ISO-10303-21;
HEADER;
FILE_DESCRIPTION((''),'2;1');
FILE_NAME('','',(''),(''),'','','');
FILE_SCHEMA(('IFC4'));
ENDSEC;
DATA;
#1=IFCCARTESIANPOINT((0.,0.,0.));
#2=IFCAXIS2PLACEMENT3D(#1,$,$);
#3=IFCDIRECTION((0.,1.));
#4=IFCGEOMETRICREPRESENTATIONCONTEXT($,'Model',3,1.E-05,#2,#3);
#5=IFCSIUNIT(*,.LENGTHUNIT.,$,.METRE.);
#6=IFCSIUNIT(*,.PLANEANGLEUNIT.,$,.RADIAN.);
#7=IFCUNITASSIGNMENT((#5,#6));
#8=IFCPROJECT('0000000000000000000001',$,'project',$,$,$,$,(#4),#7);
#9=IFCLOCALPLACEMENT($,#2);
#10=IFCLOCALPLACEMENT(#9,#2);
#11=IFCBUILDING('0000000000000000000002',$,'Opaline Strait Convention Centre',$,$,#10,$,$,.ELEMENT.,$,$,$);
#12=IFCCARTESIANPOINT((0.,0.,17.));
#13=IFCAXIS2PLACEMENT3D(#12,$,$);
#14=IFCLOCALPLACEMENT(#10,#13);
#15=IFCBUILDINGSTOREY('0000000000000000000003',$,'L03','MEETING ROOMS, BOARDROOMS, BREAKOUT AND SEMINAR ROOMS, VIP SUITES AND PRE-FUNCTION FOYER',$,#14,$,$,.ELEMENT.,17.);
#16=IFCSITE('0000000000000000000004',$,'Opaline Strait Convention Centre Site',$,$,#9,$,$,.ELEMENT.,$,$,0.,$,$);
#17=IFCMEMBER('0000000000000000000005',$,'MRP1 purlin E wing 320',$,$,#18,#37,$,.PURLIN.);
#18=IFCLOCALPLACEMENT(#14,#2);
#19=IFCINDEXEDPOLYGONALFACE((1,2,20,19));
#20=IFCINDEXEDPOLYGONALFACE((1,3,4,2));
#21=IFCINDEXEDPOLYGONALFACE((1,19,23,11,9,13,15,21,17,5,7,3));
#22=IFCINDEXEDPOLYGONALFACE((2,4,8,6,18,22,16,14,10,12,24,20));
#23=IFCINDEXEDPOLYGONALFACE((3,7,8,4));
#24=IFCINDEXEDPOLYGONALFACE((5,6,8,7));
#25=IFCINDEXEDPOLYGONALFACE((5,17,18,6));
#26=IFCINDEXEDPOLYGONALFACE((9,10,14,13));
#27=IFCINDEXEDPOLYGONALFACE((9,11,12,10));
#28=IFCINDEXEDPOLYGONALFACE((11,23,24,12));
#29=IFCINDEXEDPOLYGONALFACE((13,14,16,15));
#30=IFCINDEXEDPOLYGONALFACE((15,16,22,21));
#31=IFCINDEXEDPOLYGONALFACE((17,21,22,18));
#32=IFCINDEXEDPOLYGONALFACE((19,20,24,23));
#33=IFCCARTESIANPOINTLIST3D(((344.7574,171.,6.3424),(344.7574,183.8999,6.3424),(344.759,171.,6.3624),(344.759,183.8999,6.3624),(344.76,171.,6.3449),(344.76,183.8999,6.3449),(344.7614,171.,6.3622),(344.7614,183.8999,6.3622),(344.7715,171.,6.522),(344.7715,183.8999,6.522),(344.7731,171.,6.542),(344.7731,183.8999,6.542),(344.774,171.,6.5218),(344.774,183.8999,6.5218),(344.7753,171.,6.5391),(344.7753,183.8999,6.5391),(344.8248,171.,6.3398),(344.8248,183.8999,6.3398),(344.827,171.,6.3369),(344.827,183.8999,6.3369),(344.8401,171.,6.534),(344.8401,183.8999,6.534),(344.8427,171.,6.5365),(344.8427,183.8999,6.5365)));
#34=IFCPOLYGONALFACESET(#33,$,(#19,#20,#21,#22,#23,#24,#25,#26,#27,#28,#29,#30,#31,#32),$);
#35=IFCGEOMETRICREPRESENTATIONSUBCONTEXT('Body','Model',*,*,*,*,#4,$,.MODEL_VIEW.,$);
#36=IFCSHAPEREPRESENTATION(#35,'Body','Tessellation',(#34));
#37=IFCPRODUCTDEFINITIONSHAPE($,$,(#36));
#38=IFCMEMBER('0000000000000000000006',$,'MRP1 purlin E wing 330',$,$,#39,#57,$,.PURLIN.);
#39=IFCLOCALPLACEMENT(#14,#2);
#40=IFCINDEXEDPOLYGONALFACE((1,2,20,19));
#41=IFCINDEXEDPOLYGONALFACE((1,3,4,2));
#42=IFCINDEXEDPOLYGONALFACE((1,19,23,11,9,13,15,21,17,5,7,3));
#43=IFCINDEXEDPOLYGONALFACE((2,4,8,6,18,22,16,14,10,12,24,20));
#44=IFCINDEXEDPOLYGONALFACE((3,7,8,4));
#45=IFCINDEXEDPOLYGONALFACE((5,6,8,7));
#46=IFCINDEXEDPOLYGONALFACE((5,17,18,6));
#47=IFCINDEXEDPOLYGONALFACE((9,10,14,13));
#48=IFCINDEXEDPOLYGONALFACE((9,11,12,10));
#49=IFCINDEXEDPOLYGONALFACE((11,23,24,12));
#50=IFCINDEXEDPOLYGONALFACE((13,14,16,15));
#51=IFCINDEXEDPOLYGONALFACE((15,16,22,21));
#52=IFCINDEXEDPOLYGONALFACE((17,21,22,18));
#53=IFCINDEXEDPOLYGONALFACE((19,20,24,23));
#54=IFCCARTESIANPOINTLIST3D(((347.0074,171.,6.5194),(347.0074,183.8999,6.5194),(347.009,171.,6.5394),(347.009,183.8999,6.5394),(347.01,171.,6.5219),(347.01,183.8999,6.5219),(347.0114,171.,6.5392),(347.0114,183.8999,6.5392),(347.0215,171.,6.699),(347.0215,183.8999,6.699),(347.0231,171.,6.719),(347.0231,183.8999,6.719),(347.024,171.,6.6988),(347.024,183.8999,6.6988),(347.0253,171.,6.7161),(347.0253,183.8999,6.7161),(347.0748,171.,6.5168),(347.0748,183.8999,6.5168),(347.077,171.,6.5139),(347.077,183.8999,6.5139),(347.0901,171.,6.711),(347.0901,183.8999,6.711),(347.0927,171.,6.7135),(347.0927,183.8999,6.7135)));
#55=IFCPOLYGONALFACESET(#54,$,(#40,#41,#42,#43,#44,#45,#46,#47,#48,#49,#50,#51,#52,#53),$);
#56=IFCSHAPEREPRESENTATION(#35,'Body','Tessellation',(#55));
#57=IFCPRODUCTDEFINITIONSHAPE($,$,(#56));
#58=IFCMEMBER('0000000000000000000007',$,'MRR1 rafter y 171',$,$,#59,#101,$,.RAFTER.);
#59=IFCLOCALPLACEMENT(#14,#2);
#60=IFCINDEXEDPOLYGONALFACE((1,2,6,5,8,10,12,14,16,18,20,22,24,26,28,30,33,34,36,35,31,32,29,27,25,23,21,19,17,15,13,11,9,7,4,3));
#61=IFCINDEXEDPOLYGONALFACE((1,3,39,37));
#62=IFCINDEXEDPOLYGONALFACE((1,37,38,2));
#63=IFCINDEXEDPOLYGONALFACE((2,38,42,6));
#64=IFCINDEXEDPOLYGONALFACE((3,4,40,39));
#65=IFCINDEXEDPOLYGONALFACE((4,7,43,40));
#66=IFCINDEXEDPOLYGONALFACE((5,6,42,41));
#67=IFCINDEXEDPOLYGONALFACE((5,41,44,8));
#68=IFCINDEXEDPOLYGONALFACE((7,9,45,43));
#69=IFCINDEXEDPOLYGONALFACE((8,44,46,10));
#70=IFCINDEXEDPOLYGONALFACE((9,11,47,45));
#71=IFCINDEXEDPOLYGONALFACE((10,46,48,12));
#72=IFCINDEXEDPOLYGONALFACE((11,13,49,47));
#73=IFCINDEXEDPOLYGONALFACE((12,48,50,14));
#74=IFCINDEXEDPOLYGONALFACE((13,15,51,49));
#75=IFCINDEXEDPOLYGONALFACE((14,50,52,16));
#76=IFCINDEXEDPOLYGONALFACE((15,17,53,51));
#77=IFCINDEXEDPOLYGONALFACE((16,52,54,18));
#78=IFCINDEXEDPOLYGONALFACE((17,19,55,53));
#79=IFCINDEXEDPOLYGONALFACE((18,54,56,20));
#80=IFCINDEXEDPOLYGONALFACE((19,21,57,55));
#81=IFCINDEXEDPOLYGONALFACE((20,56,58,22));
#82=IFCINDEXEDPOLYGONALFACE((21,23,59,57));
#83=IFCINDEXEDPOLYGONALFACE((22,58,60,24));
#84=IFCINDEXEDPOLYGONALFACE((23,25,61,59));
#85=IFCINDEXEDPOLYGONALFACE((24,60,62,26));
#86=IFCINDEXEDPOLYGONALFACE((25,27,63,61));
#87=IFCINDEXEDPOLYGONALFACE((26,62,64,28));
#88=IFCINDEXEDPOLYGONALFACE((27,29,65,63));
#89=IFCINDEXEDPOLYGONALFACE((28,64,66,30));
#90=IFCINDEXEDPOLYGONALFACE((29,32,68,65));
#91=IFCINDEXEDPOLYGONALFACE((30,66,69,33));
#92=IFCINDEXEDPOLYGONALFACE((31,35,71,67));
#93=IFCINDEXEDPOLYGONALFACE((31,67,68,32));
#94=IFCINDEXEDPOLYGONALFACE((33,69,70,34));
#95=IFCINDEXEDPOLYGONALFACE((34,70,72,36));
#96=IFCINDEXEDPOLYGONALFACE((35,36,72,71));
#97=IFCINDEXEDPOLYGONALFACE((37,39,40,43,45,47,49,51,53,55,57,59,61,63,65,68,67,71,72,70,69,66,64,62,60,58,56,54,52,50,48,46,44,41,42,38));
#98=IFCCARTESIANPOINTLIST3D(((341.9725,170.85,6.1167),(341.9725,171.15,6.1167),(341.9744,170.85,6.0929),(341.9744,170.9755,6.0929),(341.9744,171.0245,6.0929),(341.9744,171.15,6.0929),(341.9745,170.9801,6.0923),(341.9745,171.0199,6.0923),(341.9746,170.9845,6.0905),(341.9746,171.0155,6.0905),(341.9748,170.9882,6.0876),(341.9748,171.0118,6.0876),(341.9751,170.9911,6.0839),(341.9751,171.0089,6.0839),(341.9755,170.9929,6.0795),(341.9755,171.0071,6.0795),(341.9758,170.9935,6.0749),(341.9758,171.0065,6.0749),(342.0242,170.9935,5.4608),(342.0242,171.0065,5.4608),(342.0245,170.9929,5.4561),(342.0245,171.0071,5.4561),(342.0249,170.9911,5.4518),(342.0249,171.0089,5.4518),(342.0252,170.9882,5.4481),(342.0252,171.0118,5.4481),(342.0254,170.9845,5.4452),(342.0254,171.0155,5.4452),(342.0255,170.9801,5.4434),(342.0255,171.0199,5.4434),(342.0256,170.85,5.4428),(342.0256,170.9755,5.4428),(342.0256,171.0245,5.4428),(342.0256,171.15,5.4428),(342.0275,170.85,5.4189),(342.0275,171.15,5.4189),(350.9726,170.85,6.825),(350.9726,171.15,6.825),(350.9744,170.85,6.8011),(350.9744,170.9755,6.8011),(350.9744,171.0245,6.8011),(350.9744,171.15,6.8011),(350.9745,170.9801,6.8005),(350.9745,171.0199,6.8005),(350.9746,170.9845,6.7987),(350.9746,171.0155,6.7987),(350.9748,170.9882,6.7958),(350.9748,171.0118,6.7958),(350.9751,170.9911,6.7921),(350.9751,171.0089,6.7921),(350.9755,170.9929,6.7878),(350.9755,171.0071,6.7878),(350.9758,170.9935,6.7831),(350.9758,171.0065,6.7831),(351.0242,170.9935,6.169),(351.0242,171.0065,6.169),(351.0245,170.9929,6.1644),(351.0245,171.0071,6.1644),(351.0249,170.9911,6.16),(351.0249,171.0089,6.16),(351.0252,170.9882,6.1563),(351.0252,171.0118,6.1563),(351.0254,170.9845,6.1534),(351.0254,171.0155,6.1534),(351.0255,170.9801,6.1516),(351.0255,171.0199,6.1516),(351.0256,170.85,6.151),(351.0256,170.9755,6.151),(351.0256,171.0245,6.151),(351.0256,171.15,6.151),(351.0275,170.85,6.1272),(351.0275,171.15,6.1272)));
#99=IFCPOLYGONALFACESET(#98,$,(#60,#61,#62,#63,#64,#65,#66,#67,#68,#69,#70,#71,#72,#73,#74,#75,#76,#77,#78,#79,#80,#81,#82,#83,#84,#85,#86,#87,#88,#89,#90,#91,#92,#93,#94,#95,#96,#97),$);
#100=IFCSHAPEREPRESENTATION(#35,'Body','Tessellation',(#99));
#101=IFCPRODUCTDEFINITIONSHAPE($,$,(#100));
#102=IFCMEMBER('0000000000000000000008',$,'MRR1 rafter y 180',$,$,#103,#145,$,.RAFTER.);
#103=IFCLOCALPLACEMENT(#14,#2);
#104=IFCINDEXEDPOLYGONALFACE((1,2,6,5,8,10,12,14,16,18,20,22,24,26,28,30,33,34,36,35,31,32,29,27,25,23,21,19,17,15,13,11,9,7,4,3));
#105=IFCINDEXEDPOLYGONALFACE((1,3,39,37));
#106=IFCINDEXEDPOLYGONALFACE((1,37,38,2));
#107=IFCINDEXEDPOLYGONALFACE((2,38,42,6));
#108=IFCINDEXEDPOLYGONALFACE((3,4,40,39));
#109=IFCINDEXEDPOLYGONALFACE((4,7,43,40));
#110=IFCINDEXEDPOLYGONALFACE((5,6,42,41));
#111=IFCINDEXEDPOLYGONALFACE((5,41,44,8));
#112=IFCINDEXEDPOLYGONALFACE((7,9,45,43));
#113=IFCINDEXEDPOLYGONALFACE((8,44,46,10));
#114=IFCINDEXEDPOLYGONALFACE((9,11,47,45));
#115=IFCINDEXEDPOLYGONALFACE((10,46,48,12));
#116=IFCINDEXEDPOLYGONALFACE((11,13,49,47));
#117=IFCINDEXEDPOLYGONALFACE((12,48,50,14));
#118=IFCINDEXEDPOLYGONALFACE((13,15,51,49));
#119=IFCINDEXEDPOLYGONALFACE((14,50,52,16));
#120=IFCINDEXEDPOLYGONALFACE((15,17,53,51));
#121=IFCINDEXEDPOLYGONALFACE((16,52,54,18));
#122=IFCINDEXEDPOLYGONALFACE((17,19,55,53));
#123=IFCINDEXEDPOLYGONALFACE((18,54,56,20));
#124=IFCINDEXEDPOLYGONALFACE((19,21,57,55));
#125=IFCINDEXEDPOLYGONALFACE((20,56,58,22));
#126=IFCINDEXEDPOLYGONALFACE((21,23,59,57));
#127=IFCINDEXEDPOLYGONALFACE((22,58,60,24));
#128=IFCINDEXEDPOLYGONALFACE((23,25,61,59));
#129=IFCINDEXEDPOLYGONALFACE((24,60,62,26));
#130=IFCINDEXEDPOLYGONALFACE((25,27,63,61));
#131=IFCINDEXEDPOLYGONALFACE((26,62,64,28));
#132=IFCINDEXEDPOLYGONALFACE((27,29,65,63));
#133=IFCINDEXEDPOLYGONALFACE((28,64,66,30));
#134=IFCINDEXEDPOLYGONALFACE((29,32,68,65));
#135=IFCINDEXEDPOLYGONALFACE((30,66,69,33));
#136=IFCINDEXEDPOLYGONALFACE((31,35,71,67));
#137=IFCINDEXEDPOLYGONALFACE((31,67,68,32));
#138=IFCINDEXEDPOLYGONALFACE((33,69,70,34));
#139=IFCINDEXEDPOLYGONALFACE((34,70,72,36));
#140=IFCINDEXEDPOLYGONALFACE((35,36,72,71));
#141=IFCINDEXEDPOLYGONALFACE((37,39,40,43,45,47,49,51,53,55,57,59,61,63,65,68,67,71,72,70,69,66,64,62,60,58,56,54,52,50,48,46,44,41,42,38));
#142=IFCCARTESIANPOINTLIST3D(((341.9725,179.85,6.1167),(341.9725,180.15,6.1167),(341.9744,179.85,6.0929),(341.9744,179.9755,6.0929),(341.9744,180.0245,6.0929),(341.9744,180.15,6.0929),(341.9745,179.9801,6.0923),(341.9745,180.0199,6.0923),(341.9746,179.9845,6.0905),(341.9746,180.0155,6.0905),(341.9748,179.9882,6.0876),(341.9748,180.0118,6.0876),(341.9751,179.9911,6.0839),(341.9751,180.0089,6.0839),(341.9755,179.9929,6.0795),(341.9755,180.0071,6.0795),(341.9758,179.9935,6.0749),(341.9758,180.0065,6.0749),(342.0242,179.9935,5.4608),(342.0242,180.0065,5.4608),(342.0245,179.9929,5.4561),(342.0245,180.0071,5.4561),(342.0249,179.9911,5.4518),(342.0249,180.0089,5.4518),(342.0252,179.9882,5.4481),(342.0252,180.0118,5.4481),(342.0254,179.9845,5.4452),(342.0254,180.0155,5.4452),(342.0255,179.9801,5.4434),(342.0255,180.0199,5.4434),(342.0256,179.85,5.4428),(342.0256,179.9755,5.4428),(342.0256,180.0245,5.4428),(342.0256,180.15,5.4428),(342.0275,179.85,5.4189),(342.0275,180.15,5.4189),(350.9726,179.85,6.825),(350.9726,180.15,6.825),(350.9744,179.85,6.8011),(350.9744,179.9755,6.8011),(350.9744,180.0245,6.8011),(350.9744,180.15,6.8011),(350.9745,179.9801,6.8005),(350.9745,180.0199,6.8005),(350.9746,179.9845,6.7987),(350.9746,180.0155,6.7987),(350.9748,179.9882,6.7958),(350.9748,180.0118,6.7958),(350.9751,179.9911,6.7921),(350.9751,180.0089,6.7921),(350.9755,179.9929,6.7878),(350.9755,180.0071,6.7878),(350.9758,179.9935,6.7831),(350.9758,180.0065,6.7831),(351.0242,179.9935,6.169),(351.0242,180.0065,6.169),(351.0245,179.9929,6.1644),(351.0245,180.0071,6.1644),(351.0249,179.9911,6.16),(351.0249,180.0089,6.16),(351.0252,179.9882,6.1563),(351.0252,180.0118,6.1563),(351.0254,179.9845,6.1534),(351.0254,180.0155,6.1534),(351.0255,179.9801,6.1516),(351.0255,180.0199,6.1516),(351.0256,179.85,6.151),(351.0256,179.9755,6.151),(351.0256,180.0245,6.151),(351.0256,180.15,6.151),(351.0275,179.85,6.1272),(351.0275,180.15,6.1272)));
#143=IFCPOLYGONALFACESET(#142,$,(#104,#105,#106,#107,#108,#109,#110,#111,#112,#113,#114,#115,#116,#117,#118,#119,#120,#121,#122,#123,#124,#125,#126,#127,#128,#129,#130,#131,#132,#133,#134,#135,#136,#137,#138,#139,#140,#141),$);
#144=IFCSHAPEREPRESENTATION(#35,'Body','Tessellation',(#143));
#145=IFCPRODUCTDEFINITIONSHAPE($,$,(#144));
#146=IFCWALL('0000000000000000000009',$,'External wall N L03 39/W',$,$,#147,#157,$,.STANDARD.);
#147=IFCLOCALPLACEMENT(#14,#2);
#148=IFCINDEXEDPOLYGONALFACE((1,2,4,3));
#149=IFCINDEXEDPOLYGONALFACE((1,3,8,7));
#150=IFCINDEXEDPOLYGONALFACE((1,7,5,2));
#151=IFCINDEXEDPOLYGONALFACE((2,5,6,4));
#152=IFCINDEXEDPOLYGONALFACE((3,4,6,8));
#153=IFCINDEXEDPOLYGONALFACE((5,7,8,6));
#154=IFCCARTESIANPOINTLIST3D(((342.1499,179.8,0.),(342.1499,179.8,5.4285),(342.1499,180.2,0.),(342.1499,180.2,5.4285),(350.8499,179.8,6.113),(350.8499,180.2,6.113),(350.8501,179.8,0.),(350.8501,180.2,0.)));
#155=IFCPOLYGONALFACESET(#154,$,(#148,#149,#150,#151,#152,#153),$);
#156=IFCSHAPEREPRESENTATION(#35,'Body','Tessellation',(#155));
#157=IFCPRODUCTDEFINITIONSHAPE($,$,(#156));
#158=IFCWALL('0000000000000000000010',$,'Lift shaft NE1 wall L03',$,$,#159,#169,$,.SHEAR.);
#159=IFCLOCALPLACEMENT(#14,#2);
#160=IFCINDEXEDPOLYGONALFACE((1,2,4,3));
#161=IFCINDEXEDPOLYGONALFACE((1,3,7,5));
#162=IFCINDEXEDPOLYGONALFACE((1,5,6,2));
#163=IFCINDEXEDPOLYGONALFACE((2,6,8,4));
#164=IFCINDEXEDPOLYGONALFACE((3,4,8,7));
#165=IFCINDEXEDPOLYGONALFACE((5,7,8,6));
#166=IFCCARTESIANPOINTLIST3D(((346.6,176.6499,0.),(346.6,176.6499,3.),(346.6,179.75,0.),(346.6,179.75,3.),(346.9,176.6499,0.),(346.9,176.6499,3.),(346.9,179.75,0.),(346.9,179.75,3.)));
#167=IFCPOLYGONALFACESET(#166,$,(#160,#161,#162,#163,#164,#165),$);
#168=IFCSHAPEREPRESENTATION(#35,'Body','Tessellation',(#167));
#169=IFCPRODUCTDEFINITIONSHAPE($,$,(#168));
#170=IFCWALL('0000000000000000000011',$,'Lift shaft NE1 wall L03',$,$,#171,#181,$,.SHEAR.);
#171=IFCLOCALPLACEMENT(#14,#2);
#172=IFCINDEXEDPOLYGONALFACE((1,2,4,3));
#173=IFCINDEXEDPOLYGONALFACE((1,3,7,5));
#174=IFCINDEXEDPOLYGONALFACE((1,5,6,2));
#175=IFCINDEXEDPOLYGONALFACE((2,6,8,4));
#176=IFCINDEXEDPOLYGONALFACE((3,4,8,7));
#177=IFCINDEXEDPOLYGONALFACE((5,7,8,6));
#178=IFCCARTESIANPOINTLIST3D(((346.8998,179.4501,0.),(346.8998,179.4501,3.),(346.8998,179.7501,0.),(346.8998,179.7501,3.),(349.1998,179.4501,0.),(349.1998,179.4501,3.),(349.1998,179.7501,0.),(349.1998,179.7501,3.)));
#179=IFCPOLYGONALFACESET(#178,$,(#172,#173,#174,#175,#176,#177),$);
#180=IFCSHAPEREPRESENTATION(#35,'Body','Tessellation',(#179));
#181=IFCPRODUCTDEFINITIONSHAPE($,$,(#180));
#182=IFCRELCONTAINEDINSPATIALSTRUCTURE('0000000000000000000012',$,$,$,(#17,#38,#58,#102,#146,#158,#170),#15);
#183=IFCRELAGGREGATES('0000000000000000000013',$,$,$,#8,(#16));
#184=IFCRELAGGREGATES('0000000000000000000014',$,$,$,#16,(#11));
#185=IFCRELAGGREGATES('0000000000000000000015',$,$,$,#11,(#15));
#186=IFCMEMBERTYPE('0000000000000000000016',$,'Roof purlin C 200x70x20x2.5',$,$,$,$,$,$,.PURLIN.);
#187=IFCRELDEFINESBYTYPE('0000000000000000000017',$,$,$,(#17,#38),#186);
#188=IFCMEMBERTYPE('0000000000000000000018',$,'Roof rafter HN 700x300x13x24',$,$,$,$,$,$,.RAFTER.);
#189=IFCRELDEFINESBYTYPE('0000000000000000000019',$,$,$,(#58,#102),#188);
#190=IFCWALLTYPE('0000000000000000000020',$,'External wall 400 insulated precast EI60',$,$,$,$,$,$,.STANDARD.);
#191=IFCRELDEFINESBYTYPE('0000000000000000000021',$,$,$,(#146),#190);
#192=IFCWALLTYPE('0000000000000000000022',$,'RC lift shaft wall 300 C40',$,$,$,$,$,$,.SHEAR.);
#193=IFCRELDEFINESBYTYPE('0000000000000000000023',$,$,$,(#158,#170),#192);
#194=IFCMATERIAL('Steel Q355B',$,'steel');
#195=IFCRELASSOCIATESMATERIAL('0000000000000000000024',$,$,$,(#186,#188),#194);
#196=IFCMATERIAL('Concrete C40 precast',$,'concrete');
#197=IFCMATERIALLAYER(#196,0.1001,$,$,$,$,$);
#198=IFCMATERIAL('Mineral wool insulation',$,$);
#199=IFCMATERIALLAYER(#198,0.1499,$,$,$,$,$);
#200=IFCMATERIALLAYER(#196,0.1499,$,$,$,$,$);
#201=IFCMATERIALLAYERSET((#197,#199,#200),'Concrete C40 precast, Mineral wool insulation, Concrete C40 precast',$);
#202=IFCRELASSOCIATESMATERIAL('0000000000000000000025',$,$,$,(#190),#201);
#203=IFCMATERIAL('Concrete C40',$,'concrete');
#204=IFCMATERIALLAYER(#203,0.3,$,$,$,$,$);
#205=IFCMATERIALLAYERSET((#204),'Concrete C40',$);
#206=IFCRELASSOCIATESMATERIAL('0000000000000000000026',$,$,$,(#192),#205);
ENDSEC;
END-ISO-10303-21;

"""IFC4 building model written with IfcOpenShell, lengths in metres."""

from ifc_helpers import new_model, si_unit, direction, frame, frame_2d, origin, origin_2d, place, context, subcontext, project, spatial, polyline, rectangle, i_section, outline, extrude, material, layer, layer_set, material_profile, profile_set, type_object, element, save


model = new_model("IFC4")

# Units and contexts
model_context = context("Model", 3, precision=1e-05, world=origin(), true_north=direction((0.0, 1.0)))
body_context = subcontext(model_context, "Body", "Model", "MODEL_VIEW")
ifc_project = project(units=[si_unit("LENGTHUNIT", "METRE"), si_unit("PLANEANGLEUNIT", "RADIAN")], contexts=[model_context])

# Site, building, storey
site_placement = place(None, origin())
site = spatial("IfcSite", under=ifc_project, at=site_placement, Name="Opaline Strait Convention Centre Site", CompositionType="ELEMENT", RefElevation=0.0)
building_placement = place(site_placement, origin())
building = spatial("IfcBuilding", under=site, at=building_placement, Name="Opaline Strait Convention Centre", CompositionType="ELEMENT")
storey_placement = place(building_placement, frame((0.0, 0.0, 17.0)))
storey = spatial("IfcBuildingStorey", under=building, at=storey_placement, Name="L03", Description="MEETING ROOMS, BOARDROOMS, BREAKOUT AND SEMINAR ROOMS, VIP SUITES AND PRE-FUNCTION FOYER", CompositionType="ELEMENT", Elevation=17.0)

# Shared definitions
ifc_material_1 = material(Name="Steel Q355B", Category="steel")

# Members
ifc_material_profile_1 = material_profile(ifc_material_1, outline(polyline([(-0.0349, -0.1001), (0.0349, -0.1001), (0.0349, -0.0801), (0.0325, -0.0801), (0.0325, -0.0974), (-0.0325, -0.0974), (-0.0325, 0.0974), (0.0325, 0.0974), (0.0325, 0.0801), (0.0349, 0.0801), (0.0349, 0.1001), (-0.0349, 0.1001), (-0.0349, -0.1001)])), Name="C 200x70x20x2.5")
ifc_profile_set_1 = profile_set([ifc_material_profile_1], Name="Steel Q355B")
member_type_1 = type_object("IfcMemberType", Name="Roof purlin C 200x70x20x2.5", PredefinedType="PURLIN", material=ifc_profile_set_1)
for number, where, z_axis, x_axis, name in (
    (1, (344.8, 171.0, 6.4395), (0.0, 1.0, 0.0), (-0.996917, 0.0, 0.078459), "MRP1 purlin E wing 320"),
    (2, (347.05, 171.0, 6.6165), (0.0, 1.0, 0.0), (-0.996917, 0.0, 0.078459), "MRP1 purlin E wing 330"),
):
    element("IfcMember", number, at=place(storey_placement, frame(where, z_axis=z_axis, x_axis=x_axis)), inside=storey, type_object=member_type_1, Name=name, PredefinedType="PURLIN", context=body_context, shape_type="SweptSolid", body=[
        extrude(outline(polyline([(-0.0349, -0.1001), (0.0349, -0.1001), (0.0349, -0.0801), (0.0325, -0.0801), (0.0325, -0.0974), (-0.0325, -0.0974), (-0.0325, 0.0974), (0.0325, 0.0974), (0.0325, 0.0801), (0.0349, 0.0801), (0.0349, 0.1001), (-0.0349, 0.1001), (-0.0349, -0.1001)])), origin(), (0.0, 0.0, 1.0), 12.8999),
    ])
ifc_material_profile_2 = material_profile(ifc_material_1, i_section(OverallWidth=0.3, OverallDepth=0.7, WebThickness=0.0129, FlangeThickness=0.0239, FilletRadius=0.0181, at=origin_2d()), Name="HN 700x300x13x24")
ifc_profile_set_2 = profile_set([ifc_material_profile_2], Name="Steel Q355B")
member_type_2 = type_object("IfcMemberType", Name="Roof rafter HN 700x300x13x24", PredefinedType="RAFTER", material=ifc_profile_set_2)
for number, where, z_axis, x_axis, name in (
    (3, (342.0, 171.0, 5.7678), (0.996918, 0.0, 0.078452), (0.0, 1.0, 0.0), "MRR1 rafter y 171"),
    (4, (342.0, 180.0, 5.7678), (0.996918, 0.0, 0.078452), (0.0, 1.0, 0.0), "MRR1 rafter y 180"),
):
    element("IfcMember", number, at=place(storey_placement, frame(where, z_axis=z_axis, x_axis=x_axis)), inside=storey, type_object=member_type_2, Name=name, PredefinedType="RAFTER", context=body_context, shape_type="SweptSolid", body=[
        extrude(i_section(OverallWidth=0.3, OverallDepth=0.7, WebThickness=0.0129, FlangeThickness=0.0239, FilletRadius=0.0181, at=origin_2d()), origin(), (0.0, 0.0, 1.0), 9.0278),
    ])

# Wall
ifc_material_2 = material(Name="Concrete C40 precast", Category="concrete")
ifc_layer_1 = layer(ifc_material_2, 0.1001)
ifc_material_3 = material(Name="Mineral wool insulation")
ifc_layer_2 = layer(ifc_material_3, 0.1499)
ifc_layer_3 = layer(ifc_material_2, 0.1499)
ifc_layer_set_1 = layer_set([ifc_layer_1, ifc_layer_2, ifc_layer_3], Name="Concrete C40 precast, Mineral wool insulation, Concrete C40 precast")
wall_type_1 = type_object("IfcWallType", Name="External wall 400 insulated precast EI60", PredefinedType="STANDARD", material=ifc_layer_set_1)
wall_1_placement = place(storey_placement, frame((342.1499, 180.0, 0.0), z_axis=(0.0, 0.0, 1.0), x_axis=(1.0, 0.0, 0.0)))
element("IfcWall", 5, at=wall_1_placement, inside=storey, type_object=wall_type_1, Name="External wall N L03 39/W", PredefinedType="STANDARD", context=body_context, shape_type="SweptSolid", body=[
    extrude(outline(polyline([(0.0, 0.0), (8.7002, 0.0), (8.7, 6.113), (0.0, 5.4285), (0.0, 0.0)])), frame((0.0, 0.2, 0.0), z_axis=(0.0, -1.0, 0.0), x_axis=(1.0, 0.0, 0.0)), (0.0, 0.0, 1.0), 0.3999),
])

# Shared definitions
ifc_material_4 = material(Name="Concrete C40", Category="concrete")

# Walls
ifc_layer_4 = layer(ifc_material_4, 0.3)
ifc_layer_set_2 = layer_set([ifc_layer_4], Name="Concrete C40")
wall_type_2 = type_object("IfcWallType", Name="RC lift shaft wall 300 C40", PredefinedType="SHEAR", material=ifc_layer_set_2)
wall_2_placement = place(storey_placement, frame((346.75, 176.6499, 0.0), z_axis=(0.0, 0.0, 1.0), x_axis=(0.0, 1.0, 0.0)))
element("IfcWall", 6, at=wall_2_placement, inside=storey, type_object=wall_type_2, Name="Lift shaft NE1 wall L03", PredefinedType="SHEAR", context=body_context, shape_type="SweptSolid", body=[
    extrude(rectangle(XDim=3.1001, YDim=0.3, at=frame_2d((1.55, 0.0))), origin(), (0.0, 0.0, 1.0), 3.0),
])
wall_3_placement = place(storey_placement, frame((346.8999, 179.6001, 0.0), z_axis=(0.0, 0.0, 1.0), x_axis=(1.0, 0.0, 0.0)))
element("IfcWall", 7, at=wall_3_placement, inside=storey, type_object=wall_type_2, Name="Lift shaft NE1 wall L03", PredefinedType="SHEAR", context=body_context, shape_type="SweptSolid", body=[
    extrude(rectangle(XDim=2.3, YDim=0.3, at=frame_2d((1.1499, 0.0))), origin(), (0.0, 0.0, 1.0), 3.0),
])

save(model, "model.ifc")
